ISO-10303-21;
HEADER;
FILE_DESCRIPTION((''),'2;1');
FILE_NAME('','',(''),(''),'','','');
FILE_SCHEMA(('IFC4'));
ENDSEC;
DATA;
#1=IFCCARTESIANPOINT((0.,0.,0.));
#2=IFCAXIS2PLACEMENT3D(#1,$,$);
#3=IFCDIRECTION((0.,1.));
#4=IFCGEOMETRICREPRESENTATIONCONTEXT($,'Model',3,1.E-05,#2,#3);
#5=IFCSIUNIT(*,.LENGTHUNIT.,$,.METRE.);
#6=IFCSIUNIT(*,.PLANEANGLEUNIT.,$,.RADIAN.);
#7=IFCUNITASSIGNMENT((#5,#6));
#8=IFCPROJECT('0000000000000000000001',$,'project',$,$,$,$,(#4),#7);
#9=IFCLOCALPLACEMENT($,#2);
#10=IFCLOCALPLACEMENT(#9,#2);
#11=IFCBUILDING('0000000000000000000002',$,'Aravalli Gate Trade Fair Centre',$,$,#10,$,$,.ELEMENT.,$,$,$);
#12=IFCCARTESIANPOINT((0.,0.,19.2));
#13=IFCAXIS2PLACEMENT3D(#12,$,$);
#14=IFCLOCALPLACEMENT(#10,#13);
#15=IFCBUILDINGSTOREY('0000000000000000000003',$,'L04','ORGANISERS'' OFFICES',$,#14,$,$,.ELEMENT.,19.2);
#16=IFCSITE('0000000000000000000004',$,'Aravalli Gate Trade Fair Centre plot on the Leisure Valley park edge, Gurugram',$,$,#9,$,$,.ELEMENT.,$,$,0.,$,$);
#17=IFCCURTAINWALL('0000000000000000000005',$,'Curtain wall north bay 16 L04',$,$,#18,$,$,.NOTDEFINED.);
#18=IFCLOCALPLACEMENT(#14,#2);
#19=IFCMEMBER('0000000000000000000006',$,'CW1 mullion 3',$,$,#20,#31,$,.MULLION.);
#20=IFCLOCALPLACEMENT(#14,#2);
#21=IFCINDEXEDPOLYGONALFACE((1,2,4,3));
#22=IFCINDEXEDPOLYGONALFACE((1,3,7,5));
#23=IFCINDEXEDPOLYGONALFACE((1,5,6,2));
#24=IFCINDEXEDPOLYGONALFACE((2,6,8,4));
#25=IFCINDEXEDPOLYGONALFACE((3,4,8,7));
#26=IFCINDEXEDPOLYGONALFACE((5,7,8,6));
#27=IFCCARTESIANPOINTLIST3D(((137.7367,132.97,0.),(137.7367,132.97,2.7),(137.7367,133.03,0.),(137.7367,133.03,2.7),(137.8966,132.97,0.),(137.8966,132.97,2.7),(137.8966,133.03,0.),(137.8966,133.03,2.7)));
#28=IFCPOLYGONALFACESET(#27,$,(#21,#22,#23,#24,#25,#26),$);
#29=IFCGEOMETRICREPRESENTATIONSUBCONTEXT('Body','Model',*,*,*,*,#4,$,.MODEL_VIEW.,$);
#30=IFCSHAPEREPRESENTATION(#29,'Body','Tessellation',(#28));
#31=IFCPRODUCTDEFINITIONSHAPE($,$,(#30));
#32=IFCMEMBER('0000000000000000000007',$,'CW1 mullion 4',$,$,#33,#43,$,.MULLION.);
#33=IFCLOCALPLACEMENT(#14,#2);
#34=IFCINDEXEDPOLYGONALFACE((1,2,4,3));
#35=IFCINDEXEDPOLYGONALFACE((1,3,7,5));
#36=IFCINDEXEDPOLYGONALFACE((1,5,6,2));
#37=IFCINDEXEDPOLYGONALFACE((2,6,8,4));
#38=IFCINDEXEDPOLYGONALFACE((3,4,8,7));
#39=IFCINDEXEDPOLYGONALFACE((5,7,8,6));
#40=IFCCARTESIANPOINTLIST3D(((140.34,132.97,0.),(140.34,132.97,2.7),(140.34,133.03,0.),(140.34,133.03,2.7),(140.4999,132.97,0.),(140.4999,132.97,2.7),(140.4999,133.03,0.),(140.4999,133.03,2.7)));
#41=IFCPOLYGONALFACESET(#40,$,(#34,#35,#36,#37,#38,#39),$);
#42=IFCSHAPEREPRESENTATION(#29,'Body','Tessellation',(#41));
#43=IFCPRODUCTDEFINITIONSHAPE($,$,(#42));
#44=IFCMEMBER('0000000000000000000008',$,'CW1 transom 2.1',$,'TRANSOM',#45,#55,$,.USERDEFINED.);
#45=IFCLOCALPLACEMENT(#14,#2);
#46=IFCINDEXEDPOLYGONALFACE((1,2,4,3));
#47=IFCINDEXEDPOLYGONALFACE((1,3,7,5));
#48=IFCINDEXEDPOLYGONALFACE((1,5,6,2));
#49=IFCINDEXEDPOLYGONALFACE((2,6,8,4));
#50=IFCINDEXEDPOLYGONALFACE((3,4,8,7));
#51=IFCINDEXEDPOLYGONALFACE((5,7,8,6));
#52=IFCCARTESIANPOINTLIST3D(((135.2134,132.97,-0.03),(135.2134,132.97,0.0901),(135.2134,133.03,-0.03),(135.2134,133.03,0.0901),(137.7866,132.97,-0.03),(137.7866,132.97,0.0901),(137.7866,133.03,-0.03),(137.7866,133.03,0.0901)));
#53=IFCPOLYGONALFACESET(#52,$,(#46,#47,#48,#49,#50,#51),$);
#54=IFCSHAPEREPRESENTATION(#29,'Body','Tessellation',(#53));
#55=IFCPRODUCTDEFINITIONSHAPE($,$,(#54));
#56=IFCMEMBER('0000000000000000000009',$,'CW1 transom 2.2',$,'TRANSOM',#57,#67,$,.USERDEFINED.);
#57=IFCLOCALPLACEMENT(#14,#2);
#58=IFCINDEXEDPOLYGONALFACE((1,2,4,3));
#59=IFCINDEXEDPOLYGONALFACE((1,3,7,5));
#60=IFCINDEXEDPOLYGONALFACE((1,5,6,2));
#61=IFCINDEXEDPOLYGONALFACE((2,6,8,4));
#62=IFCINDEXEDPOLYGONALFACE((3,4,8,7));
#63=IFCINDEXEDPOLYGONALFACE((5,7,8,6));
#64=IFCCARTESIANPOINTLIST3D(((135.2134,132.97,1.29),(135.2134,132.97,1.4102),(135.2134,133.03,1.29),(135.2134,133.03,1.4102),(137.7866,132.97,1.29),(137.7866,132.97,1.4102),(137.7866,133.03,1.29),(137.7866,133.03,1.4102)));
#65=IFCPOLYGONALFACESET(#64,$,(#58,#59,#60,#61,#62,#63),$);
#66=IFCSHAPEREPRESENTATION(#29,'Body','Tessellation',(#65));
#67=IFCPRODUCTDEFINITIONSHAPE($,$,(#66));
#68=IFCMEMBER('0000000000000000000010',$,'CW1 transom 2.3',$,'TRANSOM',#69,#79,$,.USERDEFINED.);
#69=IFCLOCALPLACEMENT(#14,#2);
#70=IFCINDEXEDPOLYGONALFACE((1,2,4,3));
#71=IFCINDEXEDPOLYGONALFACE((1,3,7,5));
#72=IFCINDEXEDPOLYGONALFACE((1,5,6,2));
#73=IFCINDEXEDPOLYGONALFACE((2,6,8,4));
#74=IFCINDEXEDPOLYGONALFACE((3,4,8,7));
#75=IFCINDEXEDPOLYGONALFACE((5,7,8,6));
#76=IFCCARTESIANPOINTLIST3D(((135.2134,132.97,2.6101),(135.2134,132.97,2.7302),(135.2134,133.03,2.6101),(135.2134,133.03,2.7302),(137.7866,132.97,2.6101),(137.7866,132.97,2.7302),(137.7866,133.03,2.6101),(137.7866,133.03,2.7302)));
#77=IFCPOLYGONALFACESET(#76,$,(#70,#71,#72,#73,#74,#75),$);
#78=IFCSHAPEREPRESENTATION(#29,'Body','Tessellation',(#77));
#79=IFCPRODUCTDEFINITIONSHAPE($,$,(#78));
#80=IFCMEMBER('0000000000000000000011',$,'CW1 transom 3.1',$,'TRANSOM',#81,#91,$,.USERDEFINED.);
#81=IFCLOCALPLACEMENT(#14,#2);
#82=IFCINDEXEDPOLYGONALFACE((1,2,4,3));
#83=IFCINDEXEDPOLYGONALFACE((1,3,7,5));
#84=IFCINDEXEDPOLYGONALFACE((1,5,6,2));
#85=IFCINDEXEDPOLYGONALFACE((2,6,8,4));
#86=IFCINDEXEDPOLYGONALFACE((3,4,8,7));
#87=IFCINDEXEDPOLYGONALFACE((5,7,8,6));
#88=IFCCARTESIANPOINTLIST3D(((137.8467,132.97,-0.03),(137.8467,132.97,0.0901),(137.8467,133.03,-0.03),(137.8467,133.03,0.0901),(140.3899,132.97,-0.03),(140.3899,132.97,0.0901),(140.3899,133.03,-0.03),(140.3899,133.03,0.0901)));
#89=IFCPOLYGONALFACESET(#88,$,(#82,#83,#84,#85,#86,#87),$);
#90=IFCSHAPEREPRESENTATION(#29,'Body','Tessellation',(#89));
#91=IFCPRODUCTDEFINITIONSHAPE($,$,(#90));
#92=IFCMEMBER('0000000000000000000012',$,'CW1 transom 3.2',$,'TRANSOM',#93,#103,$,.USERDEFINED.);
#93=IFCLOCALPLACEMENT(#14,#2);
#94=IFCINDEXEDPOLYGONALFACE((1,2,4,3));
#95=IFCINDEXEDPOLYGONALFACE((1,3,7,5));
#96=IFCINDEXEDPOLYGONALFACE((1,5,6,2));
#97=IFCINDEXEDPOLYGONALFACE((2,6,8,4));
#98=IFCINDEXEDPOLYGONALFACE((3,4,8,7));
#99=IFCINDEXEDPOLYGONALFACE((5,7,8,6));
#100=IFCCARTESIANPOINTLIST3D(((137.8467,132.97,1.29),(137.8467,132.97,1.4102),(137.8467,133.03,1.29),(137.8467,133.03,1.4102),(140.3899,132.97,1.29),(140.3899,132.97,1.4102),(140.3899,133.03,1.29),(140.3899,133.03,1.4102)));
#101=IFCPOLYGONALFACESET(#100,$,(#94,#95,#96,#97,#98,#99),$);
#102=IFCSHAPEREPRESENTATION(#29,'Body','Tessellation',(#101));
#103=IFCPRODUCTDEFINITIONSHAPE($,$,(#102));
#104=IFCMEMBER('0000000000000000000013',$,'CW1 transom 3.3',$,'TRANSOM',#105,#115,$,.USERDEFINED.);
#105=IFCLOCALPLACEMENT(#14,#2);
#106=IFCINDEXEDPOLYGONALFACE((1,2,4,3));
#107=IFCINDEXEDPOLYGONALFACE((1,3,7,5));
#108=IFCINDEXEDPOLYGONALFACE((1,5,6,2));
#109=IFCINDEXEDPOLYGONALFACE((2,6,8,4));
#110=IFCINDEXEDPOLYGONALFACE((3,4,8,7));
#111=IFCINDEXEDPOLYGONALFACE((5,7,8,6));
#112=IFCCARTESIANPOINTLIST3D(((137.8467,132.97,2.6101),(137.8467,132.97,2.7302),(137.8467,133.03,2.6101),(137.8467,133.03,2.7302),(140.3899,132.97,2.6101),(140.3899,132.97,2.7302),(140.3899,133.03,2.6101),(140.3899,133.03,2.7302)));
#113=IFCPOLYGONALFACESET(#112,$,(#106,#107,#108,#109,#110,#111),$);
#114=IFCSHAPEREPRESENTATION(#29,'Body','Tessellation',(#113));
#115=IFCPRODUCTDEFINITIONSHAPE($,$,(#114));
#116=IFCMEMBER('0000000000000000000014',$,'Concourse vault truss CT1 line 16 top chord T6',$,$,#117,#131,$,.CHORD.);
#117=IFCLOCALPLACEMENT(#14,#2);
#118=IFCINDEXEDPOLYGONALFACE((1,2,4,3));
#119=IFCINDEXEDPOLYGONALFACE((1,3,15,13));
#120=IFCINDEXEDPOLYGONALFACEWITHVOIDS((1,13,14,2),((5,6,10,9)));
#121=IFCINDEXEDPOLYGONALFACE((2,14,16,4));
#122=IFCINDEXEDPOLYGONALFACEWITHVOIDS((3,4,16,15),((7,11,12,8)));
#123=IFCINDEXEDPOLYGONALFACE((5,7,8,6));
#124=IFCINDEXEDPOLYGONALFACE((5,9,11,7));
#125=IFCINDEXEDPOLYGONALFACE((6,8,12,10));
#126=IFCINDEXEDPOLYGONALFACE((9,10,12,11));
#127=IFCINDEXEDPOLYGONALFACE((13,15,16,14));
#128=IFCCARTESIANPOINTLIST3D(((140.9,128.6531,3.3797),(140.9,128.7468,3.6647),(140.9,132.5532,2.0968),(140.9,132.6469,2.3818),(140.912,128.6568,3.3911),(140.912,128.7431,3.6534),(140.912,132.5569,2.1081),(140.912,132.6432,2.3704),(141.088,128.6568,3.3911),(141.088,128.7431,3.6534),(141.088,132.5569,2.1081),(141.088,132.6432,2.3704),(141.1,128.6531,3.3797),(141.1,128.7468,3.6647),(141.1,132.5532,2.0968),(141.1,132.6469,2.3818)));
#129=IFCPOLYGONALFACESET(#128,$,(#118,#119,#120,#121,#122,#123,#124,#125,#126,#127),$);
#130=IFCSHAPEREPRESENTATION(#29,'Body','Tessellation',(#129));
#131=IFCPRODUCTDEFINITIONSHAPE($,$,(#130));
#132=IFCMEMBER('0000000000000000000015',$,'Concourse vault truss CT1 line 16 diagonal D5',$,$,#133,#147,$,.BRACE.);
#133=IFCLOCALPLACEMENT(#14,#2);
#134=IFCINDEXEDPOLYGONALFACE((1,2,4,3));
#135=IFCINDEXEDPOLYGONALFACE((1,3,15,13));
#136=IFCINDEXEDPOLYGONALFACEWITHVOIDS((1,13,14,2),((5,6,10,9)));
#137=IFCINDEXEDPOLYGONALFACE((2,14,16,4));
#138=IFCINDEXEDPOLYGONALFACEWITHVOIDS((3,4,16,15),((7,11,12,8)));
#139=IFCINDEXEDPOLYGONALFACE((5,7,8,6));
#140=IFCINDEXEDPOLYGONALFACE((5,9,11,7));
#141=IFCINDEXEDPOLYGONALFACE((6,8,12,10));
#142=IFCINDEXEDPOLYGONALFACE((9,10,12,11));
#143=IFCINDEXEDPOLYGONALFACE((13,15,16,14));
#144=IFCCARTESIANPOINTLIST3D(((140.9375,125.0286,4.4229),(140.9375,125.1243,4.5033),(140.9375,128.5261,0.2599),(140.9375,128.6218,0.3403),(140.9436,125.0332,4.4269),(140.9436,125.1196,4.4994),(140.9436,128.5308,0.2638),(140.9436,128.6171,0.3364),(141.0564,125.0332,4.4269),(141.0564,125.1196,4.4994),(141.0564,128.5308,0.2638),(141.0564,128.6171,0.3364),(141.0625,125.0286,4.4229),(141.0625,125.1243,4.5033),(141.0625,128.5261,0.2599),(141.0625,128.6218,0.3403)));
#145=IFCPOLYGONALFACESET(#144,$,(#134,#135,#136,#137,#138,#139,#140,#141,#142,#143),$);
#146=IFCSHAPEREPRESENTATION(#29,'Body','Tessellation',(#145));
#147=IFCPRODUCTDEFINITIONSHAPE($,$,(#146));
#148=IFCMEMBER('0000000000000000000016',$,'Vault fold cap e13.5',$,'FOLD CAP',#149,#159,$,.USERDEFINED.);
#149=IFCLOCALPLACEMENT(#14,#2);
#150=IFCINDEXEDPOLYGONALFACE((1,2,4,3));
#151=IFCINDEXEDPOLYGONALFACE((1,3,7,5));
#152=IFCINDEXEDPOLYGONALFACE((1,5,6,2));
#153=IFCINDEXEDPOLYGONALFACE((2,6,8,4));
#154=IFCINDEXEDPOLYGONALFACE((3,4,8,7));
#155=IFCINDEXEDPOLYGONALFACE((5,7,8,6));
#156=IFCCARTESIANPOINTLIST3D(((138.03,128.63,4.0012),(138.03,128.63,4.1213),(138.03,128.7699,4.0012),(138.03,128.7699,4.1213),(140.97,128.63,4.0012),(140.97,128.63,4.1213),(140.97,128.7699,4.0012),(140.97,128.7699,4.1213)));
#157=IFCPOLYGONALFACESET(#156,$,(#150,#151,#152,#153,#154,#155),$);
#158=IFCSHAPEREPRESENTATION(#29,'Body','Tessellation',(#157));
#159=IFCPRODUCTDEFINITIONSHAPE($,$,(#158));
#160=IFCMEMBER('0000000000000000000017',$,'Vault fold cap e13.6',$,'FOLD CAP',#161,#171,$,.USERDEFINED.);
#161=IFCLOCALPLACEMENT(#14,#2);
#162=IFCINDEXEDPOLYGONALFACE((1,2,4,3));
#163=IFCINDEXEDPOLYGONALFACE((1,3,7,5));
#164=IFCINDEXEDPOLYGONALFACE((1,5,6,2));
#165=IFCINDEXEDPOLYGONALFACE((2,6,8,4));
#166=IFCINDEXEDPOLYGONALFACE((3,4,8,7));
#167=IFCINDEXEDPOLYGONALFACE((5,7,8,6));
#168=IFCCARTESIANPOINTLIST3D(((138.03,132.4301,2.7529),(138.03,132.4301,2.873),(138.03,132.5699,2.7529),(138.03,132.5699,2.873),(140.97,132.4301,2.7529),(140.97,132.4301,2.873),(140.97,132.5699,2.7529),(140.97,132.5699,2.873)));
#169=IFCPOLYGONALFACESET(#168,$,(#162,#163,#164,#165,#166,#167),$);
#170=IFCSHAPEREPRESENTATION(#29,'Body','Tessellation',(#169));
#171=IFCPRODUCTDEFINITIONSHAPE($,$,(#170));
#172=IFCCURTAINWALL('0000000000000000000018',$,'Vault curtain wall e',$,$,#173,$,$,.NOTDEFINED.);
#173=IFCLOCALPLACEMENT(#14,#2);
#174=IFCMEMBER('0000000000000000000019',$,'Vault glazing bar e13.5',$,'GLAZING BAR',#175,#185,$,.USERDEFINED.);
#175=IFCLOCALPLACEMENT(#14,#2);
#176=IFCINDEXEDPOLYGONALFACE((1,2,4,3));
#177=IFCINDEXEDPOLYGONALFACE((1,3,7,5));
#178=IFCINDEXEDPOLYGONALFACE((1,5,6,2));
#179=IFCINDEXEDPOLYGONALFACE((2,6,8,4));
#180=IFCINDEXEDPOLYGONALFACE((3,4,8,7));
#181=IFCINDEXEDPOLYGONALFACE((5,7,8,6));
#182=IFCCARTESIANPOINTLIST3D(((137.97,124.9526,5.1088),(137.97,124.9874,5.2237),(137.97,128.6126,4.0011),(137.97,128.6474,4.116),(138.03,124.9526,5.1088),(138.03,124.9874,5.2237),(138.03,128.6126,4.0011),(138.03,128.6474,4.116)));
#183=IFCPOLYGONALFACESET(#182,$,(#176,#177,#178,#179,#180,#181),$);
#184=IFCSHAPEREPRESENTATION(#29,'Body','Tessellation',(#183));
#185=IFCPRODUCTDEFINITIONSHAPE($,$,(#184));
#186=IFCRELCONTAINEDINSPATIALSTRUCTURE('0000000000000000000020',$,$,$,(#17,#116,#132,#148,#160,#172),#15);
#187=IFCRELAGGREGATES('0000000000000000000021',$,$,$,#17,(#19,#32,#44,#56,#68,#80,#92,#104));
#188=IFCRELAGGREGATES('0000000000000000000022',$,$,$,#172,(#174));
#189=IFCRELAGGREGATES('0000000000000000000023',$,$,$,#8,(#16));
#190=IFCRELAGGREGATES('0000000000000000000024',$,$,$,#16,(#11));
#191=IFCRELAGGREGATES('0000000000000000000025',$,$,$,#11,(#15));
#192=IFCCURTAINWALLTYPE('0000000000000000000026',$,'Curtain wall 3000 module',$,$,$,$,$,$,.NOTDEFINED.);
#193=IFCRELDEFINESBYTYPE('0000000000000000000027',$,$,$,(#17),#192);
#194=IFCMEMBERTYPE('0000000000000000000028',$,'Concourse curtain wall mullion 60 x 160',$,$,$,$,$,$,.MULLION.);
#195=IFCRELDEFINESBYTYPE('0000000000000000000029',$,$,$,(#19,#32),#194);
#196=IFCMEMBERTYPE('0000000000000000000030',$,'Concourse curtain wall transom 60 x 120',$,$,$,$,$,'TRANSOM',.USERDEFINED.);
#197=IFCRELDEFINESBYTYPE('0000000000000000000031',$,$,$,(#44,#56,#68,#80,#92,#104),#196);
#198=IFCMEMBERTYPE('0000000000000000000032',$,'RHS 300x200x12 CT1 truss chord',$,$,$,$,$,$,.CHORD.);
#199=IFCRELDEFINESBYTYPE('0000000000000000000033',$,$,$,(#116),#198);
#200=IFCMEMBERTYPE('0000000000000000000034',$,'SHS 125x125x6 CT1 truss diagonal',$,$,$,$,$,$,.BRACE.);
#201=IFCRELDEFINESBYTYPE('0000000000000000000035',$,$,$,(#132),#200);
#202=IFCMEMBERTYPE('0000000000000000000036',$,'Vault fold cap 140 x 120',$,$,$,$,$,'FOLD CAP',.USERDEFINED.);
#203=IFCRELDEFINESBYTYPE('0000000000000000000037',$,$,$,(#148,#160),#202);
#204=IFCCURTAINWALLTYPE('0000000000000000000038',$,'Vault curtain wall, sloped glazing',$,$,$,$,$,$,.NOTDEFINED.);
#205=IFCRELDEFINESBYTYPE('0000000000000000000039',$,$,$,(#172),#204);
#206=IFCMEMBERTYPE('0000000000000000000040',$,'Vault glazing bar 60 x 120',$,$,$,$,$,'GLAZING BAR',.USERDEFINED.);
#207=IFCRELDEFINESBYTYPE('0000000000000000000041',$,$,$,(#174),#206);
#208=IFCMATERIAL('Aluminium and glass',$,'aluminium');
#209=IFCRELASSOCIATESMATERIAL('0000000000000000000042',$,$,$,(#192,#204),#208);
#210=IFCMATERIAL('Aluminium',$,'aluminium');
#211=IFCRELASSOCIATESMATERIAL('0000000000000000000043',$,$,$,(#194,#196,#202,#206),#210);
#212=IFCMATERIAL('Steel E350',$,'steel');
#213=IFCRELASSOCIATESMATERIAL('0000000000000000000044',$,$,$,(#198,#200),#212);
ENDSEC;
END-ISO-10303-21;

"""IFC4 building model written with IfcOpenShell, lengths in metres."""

from ifc_helpers import new_model, si_unit, direction, frame, origin, origin_2d, place, context, subcontext, project, spatial, rectangle, hollow_rectangle, extrude, material, material_profile, profile_set, type_object, element, aggregate, save


model = new_model("IFC4")

# Units and contexts
model_context = context("Model", 3, precision=1e-05, world=origin(), true_north=direction((0.0, 1.0)))
body_context = subcontext(model_context, "Body", "Model", "MODEL_VIEW")
ifc_project = project(units=[si_unit("LENGTHUNIT", "METRE"), si_unit("PLANEANGLEUNIT", "RADIAN")], contexts=[model_context])

# Site, building, storey
site_placement = place(None, origin())
site = spatial("IfcSite", under=ifc_project, at=site_placement, Name="Aravalli Gate Trade Fair Centre plot on the Leisure Valley park edge, Gurugram", CompositionType="ELEMENT", RefElevation=0.0)
building_placement = place(site_placement, origin())
building = spatial("IfcBuilding", under=site, at=building_placement, Name="Aravalli Gate Trade Fair Centre", CompositionType="ELEMENT")
storey_placement = place(building_placement, frame((0.0, 0.0, 19.2)))
storey = spatial("IfcBuildingStorey", under=building, at=storey_placement, Name="L04", Description="ORGANISERS' OFFICES", CompositionType="ELEMENT", Elevation=19.2)

# Curtain wall, members
ifc_material_1 = material(Name="Aluminium and glass", Category="aluminium")
curtain_wall_type_1 = type_object("IfcCurtainWallType", Name="Curtain wall 3000 module", PredefinedType="NOTDEFINED", material=ifc_material_1)
curtain_wall_1_placement = place(storey_placement, origin())
curtain_wall_1 = element("IfcCurtainWall", 1, at=curtain_wall_1_placement, inside=storey, type_object=curtain_wall_type_1, Name="Curtain wall north bay 16 L04", PredefinedType="NOTDEFINED")
ifc_material_2 = material(Name="Aluminium", Category="aluminium")
ifc_material_profile_1 = material_profile(ifc_material_2, rectangle(XDim=0.0601, YDim=0.1599, at=origin_2d()), Name="Concourse curtain wall mullion 60 x 160")
ifc_profile_set_1 = profile_set([ifc_material_profile_1], Name="Aluminium")
member_type_1 = type_object("IfcMemberType", Name="Concourse curtain wall mullion 60 x 160", PredefinedType="MULLION", material=ifc_profile_set_1)
member_1_placement = place(storey_placement, frame((137.8167, 133.0, 0.0), z_axis=(0.0, 0.0, 1.0), x_axis=(0.0, 1.0, 0.0)))
member_1 = element("IfcMember", 2, at=member_1_placement, type_object=member_type_1, Name="CW1 mullion 3", PredefinedType="MULLION", context=body_context, shape_type="SweptSolid", body=[
    extrude(rectangle(XDim=0.0601, YDim=0.1599, at=origin_2d()), origin(), (0.0, 0.0, 1.0), 2.7),
])
member_2_placement = place(storey_placement, frame((140.4199, 133.0, 0.0), z_axis=(0.0, 0.0, 1.0), x_axis=(0.0, 1.0, 0.0)))
member_2 = element("IfcMember", 3, at=member_2_placement, type_object=member_type_1, Name="CW1 mullion 4", PredefinedType="MULLION", context=body_context, shape_type="SweptSolid", body=[
    extrude(rectangle(XDim=0.0601, YDim=0.1599, at=origin_2d()), origin(), (0.0, 0.0, 1.0), 2.7),
])
ifc_material_profile_2 = material_profile(ifc_material_2, rectangle(XDim=0.0601, YDim=0.1201, at=origin_2d()), Name="Concourse curtain wall transom 60 x 120")
ifc_profile_set_2 = profile_set([ifc_material_profile_2], Name="Aluminium")
member_type_2 = type_object("IfcMemberType", Name="Concourse curtain wall transom 60 x 120", ElementType="TRANSOM", PredefinedType="USERDEFINED", material=ifc_profile_set_2)
member_3_placement = place(storey_placement, frame((135.2134, 133.0, 0.03), z_axis=(1.0, 0.0, 0.0), x_axis=(0.0, 1.0, 0.0)))
member_3 = element("IfcMember", 4, at=member_3_placement, type_object=member_type_2, Name="CW1 transom 2.1", ObjectType="TRANSOM", PredefinedType="USERDEFINED", context=body_context, shape_type="SweptSolid", body=[
    extrude(rectangle(XDim=0.0601, YDim=0.1201, at=origin_2d()), origin(), (0.0, 0.0, 1.0), 2.5732),
])
member_4_placement = place(storey_placement, frame((135.2134, 133.0, 1.3501), z_axis=(1.0, 0.0, 0.0), x_axis=(0.0, 1.0, 0.0)))
member_4 = element("IfcMember", 5, at=member_4_placement, type_object=member_type_2, Name="CW1 transom 2.2", ObjectType="TRANSOM", PredefinedType="USERDEFINED", context=body_context, shape_type="SweptSolid", body=[
    extrude(rectangle(XDim=0.0601, YDim=0.1201, at=origin_2d()), origin(), (0.0, 0.0, 1.0), 2.5732),
])
member_5_placement = place(storey_placement, frame((135.2134, 133.0, 2.6702), z_axis=(1.0, 0.0, 0.0), x_axis=(0.0, 1.0, 0.0)))
member_5 = element("IfcMember", 6, at=member_5_placement, type_object=member_type_2, Name="CW1 transom 2.3", ObjectType="TRANSOM", PredefinedType="USERDEFINED", context=body_context, shape_type="SweptSolid", body=[
    extrude(rectangle(XDim=0.0601, YDim=0.1201, at=origin_2d()), origin(), (0.0, 0.0, 1.0), 2.5732),
])
member_6_placement = place(storey_placement, frame((137.8467, 133.0, 0.03), z_axis=(1.0, 0.0, 0.0), x_axis=(0.0, 1.0, 0.0)))
member_6 = element("IfcMember", 7, at=member_6_placement, type_object=member_type_2, Name="CW1 transom 3.1", ObjectType="TRANSOM", PredefinedType="USERDEFINED", context=body_context, shape_type="SweptSolid", body=[
    extrude(rectangle(XDim=0.0601, YDim=0.1201, at=origin_2d()), origin(), (0.0, 0.0, 1.0), 2.5432),
])
member_7_placement = place(storey_placement, frame((137.8467, 133.0, 1.3501), z_axis=(1.0, 0.0, 0.0), x_axis=(0.0, 1.0, 0.0)))
member_7 = element("IfcMember", 8, at=member_7_placement, type_object=member_type_2, Name="CW1 transom 3.2", ObjectType="TRANSOM", PredefinedType="USERDEFINED", context=body_context, shape_type="SweptSolid", body=[
    extrude(rectangle(XDim=0.0601, YDim=0.1201, at=origin_2d()), origin(), (0.0, 0.0, 1.0), 2.5432),
])
member_8_placement = place(storey_placement, frame((137.8467, 133.0, 2.6702), z_axis=(1.0, 0.0, 0.0), x_axis=(0.0, 1.0, 0.0)))
member_8 = element("IfcMember", 9, at=member_8_placement, type_object=member_type_2, Name="CW1 transom 3.3", ObjectType="TRANSOM", PredefinedType="USERDEFINED", context=body_context, shape_type="SweptSolid", body=[
    extrude(rectangle(XDim=0.0601, YDim=0.1201, at=origin_2d()), origin(), (0.0, 0.0, 1.0), 2.5432),
])

# Members
ifc_material_3 = material(Name="Steel E350", Category="steel")
ifc_material_profile_3 = material_profile(ifc_material_3, hollow_rectangle(XDim=0.2, YDim=0.3, WallThickness=0.012, at=origin_2d()), Name="RHS 300x200x12")
ifc_profile_set_3 = profile_set([ifc_material_profile_3], Name="Steel E350")
member_type_3 = type_object("IfcMemberType", Name="RHS 300x200x12 CT1 truss chord", PredefinedType="CHORD", material=ifc_profile_set_3)
member_9_placement = place(storey_placement, frame((141.0, 128.7, 3.5222), z_axis=(0.0, 0.949925, -0.312479), x_axis=(-1.0, 0.0, 0.0)))
element("IfcMember", 10, at=member_9_placement, inside=storey, type_object=member_type_3, Name="Concourse vault truss CT1 line 16 top chord T6", PredefinedType="CHORD", context=body_context, shape_type="SweptSolid", body=[
    extrude(hollow_rectangle(XDim=0.2, YDim=0.3, WallThickness=0.012, at=origin_2d()), origin(), (0.0, 0.0, 1.0), 4.1057),
])
ifc_material_profile_4 = material_profile(ifc_material_3, hollow_rectangle(XDim=0.125, YDim=0.125, WallThickness=0.0061, at=origin_2d()), Name="SHS 125x125x6")
ifc_profile_set_4 = profile_set([ifc_material_profile_4], Name="Steel E350")
member_type_4 = type_object("IfcMemberType", Name="SHS 125x125x6 CT1 truss diagonal", PredefinedType="BRACE", material=ifc_profile_set_4)
member_10_placement = place(storey_placement, frame((141.0, 125.0764, 4.4631), z_axis=(0.0, 0.643253, -0.765654), x_axis=(-1.0, 0.0, 0.0)))
element("IfcMember", 11, at=member_10_placement, inside=storey, type_object=member_type_4, Name="Concourse vault truss CT1 line 16 diagonal D5", PredefinedType="BRACE", context=body_context, shape_type="SweptSolid", body=[
    extrude(hollow_rectangle(XDim=0.125, YDim=0.125, WallThickness=0.0061, at=origin_2d()), origin(), (0.0, 0.0, 1.0), 5.4373),
])
ifc_material_profile_5 = material_profile(ifc_material_2, rectangle(XDim=0.1399, YDim=0.1201, at=origin_2d()), Name="Vault fold cap 140 x 120")
ifc_profile_set_5 = profile_set([ifc_material_profile_5], Name="Aluminium")
member_type_5 = type_object("IfcMemberType", Name="Vault fold cap 140 x 120", ElementType="FOLD CAP", PredefinedType="USERDEFINED", material=ifc_profile_set_5)
for number, where, z_axis, x_axis, name in (
    (12, (138.03, 128.7, 4.0613), (1.0, 0.0, 0.0), (0.0, 1.0, 0.0), "Vault fold cap e13.5"),
    (13, (138.03, 132.5, 2.813), (1.0, 0.0, 0.0), (0.0, 1.0, 0.0), "Vault fold cap e13.6"),
):
    element("IfcMember", number, at=place(storey_placement, frame(where, z_axis=z_axis, x_axis=x_axis)), inside=storey, type_object=member_type_5, Name=name, ObjectType="FOLD CAP", PredefinedType="USERDEFINED", context=body_context, shape_type="SweptSolid", body=[
        extrude(rectangle(XDim=0.1399, YDim=0.1201, at=origin_2d()), origin(), (0.0, 0.0, 1.0), 2.9399),
    ])

# Curtain wall, member
curtain_wall_type_2 = type_object("IfcCurtainWallType", Name="Vault curtain wall, sloped glazing", PredefinedType="NOTDEFINED", material=ifc_material_1)
curtain_wall_2_placement = place(storey_placement, origin())
curtain_wall_2 = element("IfcCurtainWall", 14, at=curtain_wall_2_placement, inside=storey, type_object=curtain_wall_type_2, Name="Vault curtain wall e", PredefinedType="NOTDEFINED")
ifc_material_profile_6 = material_profile(ifc_material_2, rectangle(XDim=0.0601, YDim=0.1201, at=origin_2d()), Name="Vault glazing bar 60 x 120")
ifc_profile_set_6 = profile_set([ifc_material_profile_6], Name="Aluminium")
member_type_6 = type_object("IfcMemberType", Name="Vault glazing bar 60 x 120", ElementType="GLAZING BAR", PredefinedType="USERDEFINED", material=ifc_profile_set_6)
member_11_placement = place(storey_placement, frame((138.0, 124.97, 5.1663), z_axis=(0.0, 0.957126, -0.289672), x_axis=(-1.0, 0.0, 0.0)))
member_11 = element("IfcMember", 15, at=member_11_placement, type_object=member_type_6, Name="Vault glazing bar e13.5", ObjectType="GLAZING BAR", PredefinedType="USERDEFINED", context=body_context, shape_type="SweptSolid", body=[
    extrude(rectangle(XDim=0.0601, YDim=0.1201, at=origin_2d()), origin(), (0.0, 0.0, 1.0), 3.824),
])

aggregate(curtain_wall_1, [member_1, member_2, member_3, member_4, member_5, member_6, member_7, member_8])
aggregate(curtain_wall_2, [member_11])

save(model, "model.ifc")
